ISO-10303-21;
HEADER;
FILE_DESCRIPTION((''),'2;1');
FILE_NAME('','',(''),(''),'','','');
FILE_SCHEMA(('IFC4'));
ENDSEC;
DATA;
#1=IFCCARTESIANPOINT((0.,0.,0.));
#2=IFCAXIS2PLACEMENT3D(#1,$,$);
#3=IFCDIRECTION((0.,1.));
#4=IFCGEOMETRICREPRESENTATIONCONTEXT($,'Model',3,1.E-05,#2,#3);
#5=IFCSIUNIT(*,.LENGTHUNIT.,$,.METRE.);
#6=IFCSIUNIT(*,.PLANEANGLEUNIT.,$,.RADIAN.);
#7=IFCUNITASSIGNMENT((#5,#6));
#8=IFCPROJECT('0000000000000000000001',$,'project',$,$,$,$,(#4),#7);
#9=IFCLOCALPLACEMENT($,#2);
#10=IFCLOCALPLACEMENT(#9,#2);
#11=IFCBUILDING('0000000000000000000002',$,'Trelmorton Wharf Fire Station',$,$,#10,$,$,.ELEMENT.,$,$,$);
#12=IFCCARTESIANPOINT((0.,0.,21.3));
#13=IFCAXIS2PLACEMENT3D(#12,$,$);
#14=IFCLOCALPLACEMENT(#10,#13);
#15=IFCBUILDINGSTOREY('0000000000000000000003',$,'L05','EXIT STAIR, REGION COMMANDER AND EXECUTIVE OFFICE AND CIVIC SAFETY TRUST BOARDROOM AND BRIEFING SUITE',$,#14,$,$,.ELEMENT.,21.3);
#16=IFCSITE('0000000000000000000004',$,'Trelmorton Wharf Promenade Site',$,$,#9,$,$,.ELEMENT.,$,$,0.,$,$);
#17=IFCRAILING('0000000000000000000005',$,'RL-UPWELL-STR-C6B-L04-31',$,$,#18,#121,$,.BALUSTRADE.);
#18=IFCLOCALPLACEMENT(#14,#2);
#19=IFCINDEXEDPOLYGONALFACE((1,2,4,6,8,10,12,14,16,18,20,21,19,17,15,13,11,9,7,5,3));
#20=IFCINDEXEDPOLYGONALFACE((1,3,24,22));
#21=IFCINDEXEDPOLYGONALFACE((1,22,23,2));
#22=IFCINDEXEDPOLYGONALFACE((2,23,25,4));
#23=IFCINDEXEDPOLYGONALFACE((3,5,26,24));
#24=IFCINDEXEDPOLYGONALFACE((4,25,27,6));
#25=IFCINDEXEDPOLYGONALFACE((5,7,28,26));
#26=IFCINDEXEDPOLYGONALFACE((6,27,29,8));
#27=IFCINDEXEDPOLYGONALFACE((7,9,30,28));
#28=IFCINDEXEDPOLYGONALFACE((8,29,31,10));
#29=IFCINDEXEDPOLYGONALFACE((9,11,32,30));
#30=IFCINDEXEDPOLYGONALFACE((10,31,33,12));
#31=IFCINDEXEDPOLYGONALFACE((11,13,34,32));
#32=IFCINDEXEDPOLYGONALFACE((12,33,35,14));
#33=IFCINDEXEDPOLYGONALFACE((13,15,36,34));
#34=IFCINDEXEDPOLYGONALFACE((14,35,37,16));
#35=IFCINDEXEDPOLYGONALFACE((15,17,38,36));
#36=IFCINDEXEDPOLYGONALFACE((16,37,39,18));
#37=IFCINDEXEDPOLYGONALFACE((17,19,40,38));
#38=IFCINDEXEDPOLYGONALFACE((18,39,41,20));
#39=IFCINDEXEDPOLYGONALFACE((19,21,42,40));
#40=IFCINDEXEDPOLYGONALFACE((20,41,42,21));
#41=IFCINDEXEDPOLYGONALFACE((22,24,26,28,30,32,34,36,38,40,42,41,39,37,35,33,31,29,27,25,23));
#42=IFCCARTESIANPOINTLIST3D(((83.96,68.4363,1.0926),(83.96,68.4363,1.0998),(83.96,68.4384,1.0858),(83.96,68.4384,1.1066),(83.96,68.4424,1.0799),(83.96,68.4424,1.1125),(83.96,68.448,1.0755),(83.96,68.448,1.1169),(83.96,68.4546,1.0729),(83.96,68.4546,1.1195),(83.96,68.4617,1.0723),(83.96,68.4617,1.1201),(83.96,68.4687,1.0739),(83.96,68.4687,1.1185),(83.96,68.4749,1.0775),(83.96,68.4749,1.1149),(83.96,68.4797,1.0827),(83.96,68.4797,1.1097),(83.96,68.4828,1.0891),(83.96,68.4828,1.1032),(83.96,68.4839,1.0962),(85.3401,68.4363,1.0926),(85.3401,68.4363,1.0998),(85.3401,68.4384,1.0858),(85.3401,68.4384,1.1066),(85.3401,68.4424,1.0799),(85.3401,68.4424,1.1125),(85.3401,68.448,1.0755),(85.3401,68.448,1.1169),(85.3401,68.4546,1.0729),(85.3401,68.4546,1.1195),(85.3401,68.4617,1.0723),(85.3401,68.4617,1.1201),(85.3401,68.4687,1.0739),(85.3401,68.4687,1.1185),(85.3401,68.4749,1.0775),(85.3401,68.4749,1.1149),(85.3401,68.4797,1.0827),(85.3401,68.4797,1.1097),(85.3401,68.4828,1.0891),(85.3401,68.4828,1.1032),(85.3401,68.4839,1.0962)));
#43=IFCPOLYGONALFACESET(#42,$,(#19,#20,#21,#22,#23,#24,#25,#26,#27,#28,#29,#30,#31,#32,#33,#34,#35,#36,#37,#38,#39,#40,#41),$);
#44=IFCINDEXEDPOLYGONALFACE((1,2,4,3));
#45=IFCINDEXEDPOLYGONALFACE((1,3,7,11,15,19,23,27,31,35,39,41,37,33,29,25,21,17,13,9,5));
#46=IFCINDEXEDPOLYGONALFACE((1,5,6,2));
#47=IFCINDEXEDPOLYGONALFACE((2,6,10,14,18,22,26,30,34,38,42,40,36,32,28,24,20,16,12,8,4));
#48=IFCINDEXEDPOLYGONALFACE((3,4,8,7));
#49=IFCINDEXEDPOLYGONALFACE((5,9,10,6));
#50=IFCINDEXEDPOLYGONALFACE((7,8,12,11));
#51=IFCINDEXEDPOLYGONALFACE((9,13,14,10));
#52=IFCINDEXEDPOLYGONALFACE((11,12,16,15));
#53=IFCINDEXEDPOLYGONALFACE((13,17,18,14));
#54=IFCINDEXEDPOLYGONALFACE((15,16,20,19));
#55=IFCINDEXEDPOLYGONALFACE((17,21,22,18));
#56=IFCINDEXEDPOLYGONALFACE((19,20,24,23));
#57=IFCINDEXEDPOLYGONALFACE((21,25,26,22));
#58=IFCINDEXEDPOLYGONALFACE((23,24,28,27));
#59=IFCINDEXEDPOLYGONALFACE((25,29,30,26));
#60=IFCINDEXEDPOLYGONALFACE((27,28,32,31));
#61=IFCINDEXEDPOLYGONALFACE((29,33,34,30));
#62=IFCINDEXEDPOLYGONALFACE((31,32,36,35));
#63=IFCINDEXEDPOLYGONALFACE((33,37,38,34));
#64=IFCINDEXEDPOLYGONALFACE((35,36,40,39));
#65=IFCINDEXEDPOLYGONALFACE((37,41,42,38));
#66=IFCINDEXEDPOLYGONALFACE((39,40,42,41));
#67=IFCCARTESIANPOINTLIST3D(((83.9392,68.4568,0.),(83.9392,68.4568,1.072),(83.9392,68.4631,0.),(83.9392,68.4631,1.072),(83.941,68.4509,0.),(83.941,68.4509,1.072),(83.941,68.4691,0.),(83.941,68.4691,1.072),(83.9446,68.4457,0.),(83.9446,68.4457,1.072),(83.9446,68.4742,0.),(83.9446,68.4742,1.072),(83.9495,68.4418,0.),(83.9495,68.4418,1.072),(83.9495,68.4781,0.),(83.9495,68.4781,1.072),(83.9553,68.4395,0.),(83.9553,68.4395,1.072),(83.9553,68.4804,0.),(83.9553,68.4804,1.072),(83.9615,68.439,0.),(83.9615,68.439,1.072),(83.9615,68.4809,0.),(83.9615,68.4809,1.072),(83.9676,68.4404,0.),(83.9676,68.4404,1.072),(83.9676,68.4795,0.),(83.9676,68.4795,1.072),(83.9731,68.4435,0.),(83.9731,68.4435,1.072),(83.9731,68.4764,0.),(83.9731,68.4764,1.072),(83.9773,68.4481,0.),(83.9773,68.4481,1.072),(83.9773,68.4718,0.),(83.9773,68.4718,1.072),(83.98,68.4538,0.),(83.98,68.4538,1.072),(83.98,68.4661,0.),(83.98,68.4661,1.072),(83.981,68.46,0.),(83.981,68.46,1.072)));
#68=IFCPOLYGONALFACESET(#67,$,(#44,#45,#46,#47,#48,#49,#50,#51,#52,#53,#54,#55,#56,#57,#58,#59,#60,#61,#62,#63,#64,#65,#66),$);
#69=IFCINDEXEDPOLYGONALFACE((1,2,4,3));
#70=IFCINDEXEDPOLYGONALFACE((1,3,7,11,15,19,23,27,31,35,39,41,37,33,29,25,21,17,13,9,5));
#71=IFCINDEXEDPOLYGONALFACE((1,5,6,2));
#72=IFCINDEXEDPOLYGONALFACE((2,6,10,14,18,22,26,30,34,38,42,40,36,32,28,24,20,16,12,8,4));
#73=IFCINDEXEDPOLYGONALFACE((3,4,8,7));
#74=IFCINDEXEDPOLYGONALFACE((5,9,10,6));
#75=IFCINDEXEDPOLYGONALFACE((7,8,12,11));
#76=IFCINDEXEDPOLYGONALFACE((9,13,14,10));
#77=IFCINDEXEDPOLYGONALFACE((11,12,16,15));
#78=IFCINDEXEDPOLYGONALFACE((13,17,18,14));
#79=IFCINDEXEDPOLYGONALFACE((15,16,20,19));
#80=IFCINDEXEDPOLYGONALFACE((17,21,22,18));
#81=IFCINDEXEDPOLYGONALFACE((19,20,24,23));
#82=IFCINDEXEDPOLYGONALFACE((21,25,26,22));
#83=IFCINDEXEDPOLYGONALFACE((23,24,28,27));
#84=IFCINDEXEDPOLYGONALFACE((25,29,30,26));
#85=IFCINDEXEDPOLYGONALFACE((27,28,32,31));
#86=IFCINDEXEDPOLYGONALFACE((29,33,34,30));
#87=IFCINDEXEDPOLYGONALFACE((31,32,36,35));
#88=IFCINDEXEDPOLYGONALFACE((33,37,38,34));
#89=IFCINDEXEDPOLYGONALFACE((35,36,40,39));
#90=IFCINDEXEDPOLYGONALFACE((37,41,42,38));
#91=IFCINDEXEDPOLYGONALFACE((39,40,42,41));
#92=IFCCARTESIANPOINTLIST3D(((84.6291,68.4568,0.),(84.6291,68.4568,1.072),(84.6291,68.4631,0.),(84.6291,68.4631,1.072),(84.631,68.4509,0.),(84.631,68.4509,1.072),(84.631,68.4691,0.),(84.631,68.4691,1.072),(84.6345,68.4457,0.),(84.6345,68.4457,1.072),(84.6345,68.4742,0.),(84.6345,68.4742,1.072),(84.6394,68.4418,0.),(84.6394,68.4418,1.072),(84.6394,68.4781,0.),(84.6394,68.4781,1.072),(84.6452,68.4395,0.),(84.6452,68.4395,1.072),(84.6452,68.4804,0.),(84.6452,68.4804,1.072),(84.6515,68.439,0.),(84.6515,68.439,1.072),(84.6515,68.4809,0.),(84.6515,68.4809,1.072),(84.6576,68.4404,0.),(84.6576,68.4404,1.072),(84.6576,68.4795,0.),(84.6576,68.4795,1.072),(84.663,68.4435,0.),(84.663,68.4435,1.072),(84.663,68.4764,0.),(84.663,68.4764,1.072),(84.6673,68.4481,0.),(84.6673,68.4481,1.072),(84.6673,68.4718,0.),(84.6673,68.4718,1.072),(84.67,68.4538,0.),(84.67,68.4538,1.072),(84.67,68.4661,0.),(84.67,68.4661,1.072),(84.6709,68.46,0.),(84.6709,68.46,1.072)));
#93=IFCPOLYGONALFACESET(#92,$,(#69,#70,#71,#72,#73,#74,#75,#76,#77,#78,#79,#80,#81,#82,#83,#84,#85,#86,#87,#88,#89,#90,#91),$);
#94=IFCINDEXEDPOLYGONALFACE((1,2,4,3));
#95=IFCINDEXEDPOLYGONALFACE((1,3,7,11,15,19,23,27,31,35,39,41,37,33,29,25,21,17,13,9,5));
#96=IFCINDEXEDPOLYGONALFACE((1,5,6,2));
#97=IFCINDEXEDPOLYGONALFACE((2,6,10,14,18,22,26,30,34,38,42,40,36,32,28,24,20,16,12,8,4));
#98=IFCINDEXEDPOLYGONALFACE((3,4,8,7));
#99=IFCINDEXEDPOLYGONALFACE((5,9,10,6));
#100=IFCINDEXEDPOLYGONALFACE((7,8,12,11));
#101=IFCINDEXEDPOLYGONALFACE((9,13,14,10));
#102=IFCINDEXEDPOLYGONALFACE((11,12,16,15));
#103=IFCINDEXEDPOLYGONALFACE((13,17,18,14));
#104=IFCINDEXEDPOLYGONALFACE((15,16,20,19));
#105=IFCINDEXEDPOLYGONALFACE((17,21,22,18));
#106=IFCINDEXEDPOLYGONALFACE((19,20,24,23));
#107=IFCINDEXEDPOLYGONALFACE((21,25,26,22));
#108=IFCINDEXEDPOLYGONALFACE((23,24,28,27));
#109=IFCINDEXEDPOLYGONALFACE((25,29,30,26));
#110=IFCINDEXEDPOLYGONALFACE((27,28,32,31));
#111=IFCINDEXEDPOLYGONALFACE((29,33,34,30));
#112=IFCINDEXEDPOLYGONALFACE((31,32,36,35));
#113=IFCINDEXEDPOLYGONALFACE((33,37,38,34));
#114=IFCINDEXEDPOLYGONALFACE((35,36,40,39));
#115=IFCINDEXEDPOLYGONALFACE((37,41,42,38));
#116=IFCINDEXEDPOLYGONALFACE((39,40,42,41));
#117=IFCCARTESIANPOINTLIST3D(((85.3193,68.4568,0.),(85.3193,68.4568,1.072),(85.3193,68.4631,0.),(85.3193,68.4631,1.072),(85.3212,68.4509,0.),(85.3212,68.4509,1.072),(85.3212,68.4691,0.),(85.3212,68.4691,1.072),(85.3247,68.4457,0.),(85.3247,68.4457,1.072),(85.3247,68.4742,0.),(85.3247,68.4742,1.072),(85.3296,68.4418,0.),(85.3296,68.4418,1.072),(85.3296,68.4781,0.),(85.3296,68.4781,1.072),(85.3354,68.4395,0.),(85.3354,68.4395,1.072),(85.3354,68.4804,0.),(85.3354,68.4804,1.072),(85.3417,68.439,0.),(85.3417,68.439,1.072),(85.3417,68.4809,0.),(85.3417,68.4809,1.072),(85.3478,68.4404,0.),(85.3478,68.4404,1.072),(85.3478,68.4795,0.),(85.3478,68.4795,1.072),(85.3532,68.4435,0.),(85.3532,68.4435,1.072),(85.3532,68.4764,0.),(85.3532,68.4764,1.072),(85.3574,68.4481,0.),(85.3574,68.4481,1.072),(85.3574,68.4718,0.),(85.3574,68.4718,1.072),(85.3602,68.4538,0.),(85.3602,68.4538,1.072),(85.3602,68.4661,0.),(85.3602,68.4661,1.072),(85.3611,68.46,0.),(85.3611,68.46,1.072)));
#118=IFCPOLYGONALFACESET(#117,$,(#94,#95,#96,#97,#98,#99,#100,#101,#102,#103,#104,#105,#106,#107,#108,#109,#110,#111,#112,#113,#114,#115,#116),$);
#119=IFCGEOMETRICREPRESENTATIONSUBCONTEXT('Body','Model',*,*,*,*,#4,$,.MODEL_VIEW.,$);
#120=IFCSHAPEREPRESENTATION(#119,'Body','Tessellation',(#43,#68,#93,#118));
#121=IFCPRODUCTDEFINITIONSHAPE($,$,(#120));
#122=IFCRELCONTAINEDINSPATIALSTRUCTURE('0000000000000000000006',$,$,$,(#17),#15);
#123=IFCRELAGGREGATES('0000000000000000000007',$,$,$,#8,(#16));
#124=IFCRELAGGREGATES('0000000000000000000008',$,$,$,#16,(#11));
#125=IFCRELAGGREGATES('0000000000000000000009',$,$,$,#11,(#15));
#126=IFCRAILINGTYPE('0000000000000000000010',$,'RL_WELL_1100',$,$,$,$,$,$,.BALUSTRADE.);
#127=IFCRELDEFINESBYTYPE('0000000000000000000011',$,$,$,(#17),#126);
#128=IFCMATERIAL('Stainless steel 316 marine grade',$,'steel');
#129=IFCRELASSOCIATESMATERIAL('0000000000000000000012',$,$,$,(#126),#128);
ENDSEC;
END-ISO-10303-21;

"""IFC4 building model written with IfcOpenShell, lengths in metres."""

from ifc_helpers import new_model, si_unit, direction, frame, origin, origin_2d, place, context, subcontext, project, spatial, circle, extrude, material, type_object, element, save


model = new_model("IFC4")

# Units and contexts
model_context = context("Model", 3, precision=1e-05, world=origin(), true_north=direction((0.0, 1.0)))
body_context = subcontext(model_context, "Body", "Model", "MODEL_VIEW")
ifc_project = project(units=[si_unit("LENGTHUNIT", "METRE"), si_unit("PLANEANGLEUNIT", "RADIAN")], contexts=[model_context])

# Site, building, storey
site_placement = place(None, origin())
site = spatial("IfcSite", under=ifc_project, at=site_placement, Name="Trelmorton Wharf Promenade Site", CompositionType="ELEMENT", RefElevation=0.0)
building_placement = place(site_placement, origin())
building = spatial("IfcBuilding", under=site, at=building_placement, Name="Trelmorton Wharf Fire Station", CompositionType="ELEMENT")
storey_placement = place(building_placement, frame((0.0, 0.0, 21.3)))
storey = spatial("IfcBuildingStorey", under=building, at=storey_placement, Name="L05", Description="EXIT STAIR, REGION COMMANDER AND EXECUTIVE OFFICE AND CIVIC SAFETY TRUST BOARDROOM AND BRIEFING SUITE", CompositionType="ELEMENT", Elevation=21.3)

# Shared definitions
ifc_material_1 = material(Name="Stainless steel 316 marine grade", Category="steel")

# Railing
railing_type_1 = type_object("IfcRailingType", Name="RL_WELL_1100", PredefinedType="BALUSTRADE", material=ifc_material_1)
railing_1_placement = place(storey_placement, frame((83.96, 68.46, 0.0)))
element("IfcRailing", 1, at=railing_1_placement, inside=storey, type_object=railing_type_1, Name="RL-UPWELL-STR-C6B-L04-31", PredefinedType="BALUSTRADE", context=body_context, shape_type="SweptSolid", body=[
    extrude(circle(Radius=0.0239, at=origin_2d()), frame((0.0, 0.0, 1.0962), z_axis=(1.0, 0.0, 0.0), x_axis=(0.0, 1.0, 0.0)), (0.0, 0.0, 1.0), 1.3801),
    extrude(circle(Radius=0.021, at=origin_2d()), origin(), (0.0, 0.0, 1.0), 1.072),
    extrude(circle(Radius=0.021, at=origin_2d()), frame((0.6899, 0.0, 0.0)), (0.0, 0.0, 1.0), 1.072),
    extrude(circle(Radius=0.021, at=origin_2d()), frame((1.3801, 0.0, 0.0)), (0.0, 0.0, 1.0), 1.072),
])

save(model, "model.ifc")
